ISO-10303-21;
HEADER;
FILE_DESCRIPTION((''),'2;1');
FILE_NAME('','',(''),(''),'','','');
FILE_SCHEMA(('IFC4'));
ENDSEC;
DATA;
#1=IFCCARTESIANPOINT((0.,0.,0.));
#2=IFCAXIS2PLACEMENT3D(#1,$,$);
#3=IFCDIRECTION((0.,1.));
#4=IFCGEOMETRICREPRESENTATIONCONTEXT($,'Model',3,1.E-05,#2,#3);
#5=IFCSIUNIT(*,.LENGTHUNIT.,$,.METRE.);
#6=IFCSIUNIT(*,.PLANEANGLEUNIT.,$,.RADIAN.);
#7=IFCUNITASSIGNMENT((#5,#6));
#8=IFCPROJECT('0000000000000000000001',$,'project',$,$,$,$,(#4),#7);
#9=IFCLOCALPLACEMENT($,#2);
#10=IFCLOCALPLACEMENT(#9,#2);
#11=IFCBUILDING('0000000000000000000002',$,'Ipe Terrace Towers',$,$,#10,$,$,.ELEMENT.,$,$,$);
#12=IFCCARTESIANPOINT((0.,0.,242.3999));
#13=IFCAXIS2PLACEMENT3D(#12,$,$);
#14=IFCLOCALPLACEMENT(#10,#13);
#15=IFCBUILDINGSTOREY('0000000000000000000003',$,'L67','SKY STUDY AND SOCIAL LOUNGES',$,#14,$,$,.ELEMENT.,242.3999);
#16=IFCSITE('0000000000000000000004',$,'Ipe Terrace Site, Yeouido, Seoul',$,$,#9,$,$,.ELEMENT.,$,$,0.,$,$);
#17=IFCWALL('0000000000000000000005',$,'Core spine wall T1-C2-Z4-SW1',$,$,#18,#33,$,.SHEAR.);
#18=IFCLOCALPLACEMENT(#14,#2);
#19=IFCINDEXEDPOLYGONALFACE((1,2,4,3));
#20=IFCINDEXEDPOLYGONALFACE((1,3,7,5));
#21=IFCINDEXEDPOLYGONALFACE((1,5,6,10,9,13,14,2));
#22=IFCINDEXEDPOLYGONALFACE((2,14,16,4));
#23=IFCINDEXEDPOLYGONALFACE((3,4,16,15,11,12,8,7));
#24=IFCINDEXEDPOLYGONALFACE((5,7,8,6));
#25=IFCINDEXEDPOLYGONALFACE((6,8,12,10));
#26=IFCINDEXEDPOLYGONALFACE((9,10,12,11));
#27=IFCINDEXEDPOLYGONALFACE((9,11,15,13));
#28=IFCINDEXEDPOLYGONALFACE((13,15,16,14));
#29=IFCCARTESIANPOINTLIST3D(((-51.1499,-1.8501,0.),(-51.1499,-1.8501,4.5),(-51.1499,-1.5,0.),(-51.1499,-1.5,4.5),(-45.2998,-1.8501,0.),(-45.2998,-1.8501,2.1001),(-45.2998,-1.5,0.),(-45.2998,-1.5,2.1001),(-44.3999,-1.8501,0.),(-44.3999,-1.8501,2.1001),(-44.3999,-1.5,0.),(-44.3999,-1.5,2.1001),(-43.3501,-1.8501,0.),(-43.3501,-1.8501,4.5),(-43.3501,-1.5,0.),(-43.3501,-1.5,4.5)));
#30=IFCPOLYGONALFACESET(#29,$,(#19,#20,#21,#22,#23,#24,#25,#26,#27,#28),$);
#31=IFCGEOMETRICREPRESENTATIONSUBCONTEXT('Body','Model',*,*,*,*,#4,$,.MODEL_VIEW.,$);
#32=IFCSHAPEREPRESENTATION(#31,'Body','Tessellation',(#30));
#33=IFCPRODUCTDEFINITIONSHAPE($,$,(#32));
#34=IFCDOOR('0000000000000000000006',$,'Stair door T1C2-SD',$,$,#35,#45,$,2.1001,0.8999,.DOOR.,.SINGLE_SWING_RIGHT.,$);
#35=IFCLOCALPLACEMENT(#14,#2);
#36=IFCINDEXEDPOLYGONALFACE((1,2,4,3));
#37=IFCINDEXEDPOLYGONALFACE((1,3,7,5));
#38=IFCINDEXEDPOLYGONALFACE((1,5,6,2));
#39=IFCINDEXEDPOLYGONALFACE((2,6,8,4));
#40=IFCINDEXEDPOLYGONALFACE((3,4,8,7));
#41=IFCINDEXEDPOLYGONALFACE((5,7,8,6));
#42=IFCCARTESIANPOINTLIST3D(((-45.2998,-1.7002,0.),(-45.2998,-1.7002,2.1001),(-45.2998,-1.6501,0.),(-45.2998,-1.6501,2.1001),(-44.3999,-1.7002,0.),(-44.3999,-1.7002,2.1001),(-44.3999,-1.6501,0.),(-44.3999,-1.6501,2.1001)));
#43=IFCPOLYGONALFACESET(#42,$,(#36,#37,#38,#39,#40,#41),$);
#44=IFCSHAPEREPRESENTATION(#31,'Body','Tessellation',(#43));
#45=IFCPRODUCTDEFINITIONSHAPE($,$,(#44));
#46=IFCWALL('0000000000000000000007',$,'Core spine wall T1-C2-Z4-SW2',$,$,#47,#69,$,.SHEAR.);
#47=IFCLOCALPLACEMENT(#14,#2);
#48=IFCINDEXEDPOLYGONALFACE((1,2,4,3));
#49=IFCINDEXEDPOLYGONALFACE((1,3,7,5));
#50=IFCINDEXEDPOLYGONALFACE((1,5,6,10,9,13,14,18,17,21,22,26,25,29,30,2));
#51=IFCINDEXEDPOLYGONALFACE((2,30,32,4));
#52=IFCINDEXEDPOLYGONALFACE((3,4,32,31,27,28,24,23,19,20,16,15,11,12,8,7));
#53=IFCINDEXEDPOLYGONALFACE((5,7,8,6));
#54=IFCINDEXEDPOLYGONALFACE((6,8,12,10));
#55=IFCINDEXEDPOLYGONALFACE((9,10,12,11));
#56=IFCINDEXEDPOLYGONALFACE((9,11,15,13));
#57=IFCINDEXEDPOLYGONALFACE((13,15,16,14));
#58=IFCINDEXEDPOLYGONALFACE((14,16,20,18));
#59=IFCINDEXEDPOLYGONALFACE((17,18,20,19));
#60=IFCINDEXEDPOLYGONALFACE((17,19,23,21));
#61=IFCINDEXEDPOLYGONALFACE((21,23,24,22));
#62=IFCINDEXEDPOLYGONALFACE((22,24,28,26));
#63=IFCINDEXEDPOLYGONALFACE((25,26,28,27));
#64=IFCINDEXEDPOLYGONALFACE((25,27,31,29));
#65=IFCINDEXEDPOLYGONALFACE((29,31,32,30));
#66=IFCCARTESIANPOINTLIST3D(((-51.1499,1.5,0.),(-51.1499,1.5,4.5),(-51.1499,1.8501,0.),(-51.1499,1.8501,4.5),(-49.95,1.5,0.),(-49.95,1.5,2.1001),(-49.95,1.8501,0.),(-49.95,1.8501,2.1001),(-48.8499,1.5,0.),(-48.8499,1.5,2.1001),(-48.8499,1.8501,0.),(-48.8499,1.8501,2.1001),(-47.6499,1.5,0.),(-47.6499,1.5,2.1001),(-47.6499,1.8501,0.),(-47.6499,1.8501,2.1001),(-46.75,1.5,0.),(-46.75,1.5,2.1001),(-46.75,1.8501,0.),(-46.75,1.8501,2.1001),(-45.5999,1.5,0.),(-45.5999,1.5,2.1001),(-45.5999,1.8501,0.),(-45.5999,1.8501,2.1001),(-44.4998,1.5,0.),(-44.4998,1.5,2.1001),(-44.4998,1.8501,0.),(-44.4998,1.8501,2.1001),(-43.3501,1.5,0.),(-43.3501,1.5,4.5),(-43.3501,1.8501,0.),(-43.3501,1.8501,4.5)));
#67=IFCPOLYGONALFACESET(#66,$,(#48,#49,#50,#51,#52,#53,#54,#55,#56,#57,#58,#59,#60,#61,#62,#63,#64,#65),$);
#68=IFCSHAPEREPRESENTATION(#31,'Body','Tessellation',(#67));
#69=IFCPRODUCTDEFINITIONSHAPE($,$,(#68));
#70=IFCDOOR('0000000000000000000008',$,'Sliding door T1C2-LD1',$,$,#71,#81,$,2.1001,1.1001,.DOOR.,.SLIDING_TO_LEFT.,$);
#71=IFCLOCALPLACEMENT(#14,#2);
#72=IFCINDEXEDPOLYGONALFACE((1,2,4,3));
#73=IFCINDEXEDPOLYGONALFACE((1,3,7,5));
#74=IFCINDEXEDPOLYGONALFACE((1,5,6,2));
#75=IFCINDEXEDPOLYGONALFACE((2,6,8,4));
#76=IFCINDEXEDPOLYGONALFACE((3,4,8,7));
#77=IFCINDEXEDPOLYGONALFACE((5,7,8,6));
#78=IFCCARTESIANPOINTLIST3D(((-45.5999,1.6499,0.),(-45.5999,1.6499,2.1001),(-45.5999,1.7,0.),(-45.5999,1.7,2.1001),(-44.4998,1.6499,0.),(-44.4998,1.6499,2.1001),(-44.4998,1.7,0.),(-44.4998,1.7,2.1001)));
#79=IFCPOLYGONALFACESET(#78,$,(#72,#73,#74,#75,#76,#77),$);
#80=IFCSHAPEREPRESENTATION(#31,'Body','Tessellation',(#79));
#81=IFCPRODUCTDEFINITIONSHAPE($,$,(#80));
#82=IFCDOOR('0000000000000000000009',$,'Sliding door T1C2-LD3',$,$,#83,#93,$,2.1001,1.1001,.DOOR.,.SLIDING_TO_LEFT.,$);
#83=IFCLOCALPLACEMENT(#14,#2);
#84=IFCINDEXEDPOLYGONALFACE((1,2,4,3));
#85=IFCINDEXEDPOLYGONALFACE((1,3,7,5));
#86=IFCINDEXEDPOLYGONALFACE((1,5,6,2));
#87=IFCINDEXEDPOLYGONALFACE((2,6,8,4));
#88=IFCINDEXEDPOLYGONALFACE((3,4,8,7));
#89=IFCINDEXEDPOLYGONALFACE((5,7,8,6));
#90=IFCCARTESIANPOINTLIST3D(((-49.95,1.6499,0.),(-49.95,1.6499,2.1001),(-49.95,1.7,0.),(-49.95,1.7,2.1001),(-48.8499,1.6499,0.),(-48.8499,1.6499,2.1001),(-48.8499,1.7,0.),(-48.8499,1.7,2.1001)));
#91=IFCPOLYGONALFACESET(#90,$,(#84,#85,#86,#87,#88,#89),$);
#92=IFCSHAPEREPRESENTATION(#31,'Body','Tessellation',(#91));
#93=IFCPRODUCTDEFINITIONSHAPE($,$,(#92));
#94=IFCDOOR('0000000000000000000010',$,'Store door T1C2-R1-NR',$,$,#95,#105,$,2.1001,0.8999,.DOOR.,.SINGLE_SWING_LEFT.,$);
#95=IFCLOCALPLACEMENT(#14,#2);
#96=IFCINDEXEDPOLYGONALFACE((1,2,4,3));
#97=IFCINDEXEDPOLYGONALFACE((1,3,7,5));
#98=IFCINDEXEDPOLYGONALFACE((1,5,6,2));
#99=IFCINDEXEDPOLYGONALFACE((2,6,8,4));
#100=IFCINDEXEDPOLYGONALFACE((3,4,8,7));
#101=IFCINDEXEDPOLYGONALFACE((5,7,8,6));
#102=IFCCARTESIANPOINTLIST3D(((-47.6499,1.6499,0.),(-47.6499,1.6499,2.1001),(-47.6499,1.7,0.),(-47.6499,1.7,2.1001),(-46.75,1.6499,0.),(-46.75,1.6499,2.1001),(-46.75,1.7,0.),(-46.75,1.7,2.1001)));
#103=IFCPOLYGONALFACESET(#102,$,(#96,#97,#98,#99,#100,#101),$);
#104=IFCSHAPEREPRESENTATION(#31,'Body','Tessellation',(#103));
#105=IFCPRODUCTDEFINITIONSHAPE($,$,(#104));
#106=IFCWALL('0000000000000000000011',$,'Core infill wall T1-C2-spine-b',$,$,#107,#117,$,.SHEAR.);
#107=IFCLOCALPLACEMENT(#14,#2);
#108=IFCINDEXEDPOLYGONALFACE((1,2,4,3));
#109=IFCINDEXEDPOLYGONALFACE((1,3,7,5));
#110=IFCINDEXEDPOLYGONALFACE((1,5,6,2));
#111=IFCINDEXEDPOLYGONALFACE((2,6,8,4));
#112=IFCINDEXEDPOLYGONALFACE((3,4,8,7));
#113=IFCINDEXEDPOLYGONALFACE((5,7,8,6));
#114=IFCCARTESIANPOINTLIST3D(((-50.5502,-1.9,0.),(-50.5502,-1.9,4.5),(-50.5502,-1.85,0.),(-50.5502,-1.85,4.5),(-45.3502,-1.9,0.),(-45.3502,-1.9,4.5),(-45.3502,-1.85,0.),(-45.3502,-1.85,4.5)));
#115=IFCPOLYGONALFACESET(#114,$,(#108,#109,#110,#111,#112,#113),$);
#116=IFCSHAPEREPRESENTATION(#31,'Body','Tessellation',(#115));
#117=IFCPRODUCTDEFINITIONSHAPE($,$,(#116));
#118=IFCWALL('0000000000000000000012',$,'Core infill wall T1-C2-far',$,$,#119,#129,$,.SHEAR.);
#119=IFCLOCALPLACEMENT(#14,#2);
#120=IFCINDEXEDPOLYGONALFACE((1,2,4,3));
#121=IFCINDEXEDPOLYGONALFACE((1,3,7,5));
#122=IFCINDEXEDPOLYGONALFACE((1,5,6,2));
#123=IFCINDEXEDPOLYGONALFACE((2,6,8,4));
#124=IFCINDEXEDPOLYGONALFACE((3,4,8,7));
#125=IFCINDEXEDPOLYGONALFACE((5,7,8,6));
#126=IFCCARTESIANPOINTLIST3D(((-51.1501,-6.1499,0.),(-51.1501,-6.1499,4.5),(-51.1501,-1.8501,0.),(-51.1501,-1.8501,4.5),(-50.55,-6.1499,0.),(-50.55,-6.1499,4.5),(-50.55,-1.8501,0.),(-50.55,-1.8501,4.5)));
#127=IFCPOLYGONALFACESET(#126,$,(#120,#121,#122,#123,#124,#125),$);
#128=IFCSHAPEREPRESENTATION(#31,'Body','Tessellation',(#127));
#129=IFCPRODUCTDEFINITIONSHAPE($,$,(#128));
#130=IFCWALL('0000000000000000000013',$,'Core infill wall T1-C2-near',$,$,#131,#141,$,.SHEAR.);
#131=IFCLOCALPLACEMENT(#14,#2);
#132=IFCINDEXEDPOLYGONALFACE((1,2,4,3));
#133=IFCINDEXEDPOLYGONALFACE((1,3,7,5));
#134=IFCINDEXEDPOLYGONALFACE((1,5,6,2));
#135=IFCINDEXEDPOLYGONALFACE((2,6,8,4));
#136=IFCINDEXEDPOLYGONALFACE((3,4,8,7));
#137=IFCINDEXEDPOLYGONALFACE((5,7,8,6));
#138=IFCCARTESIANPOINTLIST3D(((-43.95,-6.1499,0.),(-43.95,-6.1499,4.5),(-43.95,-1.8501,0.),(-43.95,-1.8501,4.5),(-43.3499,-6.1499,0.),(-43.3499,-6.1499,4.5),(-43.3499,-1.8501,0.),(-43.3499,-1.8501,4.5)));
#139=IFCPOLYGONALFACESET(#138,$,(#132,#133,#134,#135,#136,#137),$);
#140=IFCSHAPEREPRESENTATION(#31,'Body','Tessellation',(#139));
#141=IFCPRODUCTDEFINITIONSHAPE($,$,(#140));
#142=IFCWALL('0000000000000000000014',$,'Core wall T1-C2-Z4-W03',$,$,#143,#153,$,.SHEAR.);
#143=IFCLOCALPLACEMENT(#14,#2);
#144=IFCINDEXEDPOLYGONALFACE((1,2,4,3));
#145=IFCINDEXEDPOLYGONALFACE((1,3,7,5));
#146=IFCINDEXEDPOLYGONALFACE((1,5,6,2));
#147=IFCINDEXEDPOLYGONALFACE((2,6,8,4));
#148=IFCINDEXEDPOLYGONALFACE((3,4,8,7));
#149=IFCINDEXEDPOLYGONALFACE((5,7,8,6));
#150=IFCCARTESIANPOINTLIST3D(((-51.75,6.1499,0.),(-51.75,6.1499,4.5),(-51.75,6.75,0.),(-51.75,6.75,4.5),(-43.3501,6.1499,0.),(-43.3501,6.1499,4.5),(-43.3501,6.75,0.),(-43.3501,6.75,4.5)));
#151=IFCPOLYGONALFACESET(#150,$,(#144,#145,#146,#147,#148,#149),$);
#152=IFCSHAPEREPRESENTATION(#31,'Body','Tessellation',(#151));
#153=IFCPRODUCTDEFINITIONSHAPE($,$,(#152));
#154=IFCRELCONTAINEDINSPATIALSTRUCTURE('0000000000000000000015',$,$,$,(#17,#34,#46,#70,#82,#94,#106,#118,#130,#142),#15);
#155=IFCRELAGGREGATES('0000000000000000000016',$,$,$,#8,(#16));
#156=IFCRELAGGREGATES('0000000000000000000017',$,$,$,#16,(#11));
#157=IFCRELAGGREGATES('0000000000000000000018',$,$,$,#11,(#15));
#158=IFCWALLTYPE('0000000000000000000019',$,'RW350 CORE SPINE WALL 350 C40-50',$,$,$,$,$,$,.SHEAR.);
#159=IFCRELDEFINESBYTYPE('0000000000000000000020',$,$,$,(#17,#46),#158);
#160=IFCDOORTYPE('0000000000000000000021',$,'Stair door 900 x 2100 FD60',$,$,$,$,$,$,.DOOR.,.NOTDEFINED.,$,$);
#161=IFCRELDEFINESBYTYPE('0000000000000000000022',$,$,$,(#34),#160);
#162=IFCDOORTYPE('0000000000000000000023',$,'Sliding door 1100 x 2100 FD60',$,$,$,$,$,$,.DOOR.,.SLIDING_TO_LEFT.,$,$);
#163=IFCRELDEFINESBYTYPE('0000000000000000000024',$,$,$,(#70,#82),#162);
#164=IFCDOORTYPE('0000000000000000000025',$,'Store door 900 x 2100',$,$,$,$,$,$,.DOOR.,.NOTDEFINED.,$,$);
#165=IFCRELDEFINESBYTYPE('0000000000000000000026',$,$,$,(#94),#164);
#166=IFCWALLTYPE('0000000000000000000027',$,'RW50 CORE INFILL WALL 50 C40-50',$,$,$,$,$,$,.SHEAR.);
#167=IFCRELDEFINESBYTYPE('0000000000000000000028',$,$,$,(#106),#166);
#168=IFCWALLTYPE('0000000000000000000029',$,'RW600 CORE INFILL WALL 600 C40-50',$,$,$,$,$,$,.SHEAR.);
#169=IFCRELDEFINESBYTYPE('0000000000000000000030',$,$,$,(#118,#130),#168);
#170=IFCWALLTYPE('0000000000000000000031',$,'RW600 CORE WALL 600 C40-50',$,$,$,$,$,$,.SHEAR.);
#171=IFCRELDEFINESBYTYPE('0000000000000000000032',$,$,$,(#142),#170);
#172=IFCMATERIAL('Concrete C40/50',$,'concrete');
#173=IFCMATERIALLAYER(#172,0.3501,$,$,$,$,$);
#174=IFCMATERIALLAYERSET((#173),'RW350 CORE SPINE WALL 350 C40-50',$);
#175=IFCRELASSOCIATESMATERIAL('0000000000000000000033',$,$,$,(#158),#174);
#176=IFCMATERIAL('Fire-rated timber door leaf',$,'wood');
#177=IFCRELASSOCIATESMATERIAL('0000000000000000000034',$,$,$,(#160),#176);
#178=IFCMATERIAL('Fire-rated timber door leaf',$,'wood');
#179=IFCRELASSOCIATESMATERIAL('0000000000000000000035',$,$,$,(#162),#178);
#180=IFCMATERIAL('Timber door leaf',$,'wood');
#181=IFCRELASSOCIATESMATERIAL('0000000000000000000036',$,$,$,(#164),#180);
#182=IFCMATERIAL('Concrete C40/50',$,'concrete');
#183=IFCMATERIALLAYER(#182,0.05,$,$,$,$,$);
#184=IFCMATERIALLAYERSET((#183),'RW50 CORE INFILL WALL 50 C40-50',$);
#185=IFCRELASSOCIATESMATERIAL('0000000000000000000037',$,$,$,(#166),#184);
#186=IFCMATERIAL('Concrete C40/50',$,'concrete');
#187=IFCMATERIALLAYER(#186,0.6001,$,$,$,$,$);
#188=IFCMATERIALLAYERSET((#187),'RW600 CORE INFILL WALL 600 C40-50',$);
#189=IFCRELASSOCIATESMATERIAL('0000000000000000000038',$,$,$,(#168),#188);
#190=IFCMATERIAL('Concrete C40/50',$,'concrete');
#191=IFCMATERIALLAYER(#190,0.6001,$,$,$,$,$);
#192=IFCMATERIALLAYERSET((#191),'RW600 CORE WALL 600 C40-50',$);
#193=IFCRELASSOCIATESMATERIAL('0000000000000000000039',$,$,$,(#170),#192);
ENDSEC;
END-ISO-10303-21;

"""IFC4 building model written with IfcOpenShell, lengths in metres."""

from ifc_helpers import new_model, si_unit, direction, frame, frame_2d, origin, place, context, subcontext, project, spatial, rectangle, extrude, material, layer, layer_set, type_object, element, fill, save


model = new_model("IFC4")

# Units and contexts
model_context = context("Model", 3, precision=1e-05, world=origin(), true_north=direction((0.0, 1.0)))
body_context = subcontext(model_context, "Body", "Model", "MODEL_VIEW")
ifc_project = project(units=[si_unit("LENGTHUNIT", "METRE"), si_unit("PLANEANGLEUNIT", "RADIAN")], contexts=[model_context])

# Site, building, storey
site_placement = place(None, origin())
site = spatial("IfcSite", under=ifc_project, at=site_placement, Name="Ipe Terrace Site, Yeouido, Seoul", CompositionType="ELEMENT", RefElevation=0.0)
building_placement = place(site_placement, origin())
building = spatial("IfcBuilding", under=site, at=building_placement, Name="Ipe Terrace Towers", CompositionType="ELEMENT")
storey_placement = place(building_placement, frame((0.0, 0.0, 242.3999)))
storey = spatial("IfcBuildingStorey", under=building, at=storey_placement, Name="L67", Description="SKY STUDY AND SOCIAL LOUNGES", CompositionType="ELEMENT", Elevation=242.3999)

# Wall, opening, door
ifc_material_1 = material(Name="Concrete C40/50", Category="concrete")
ifc_layer_1 = layer(ifc_material_1, 0.3501)
ifc_layer_set_1 = layer_set([ifc_layer_1], Name="RW350 CORE SPINE WALL 350 C40-50")
wall_type_1 = type_object("IfcWallType", Name="RW350 CORE SPINE WALL 350 C40-50", PredefinedType="SHEAR", material=ifc_layer_set_1)
wall_1_placement = place(storey_placement, frame((-51.1499, -1.675, 0.0), z_axis=(0.0, 0.0, 1.0), x_axis=(1.0, 0.0, 0.0)))
wall_1 = element("IfcWall", 1, at=wall_1_placement, inside=storey, type_object=wall_type_1, Name="Core spine wall T1-C2-Z4-SW1", PredefinedType="SHEAR", context=body_context, shape_type="SweptSolid", body=[
    extrude(rectangle(XDim=7.7998, YDim=0.3501, at=frame_2d((3.8999, 0.0))), origin(), (0.0, 0.0, 1.0), 4.5),
])
opening_1_placement = place(wall_1_placement, frame((5.8501, 0.0, 0.0)))
opening_1 = element("IfcOpeningElement", 2, at=opening_1_placement, cuts=wall_1, PredefinedType="OPENING", context=body_context, shape_type="SweptSolid", body=[
    extrude(rectangle(XDim=0.8999, YDim=2.1001, at=frame_2d((0.45, 1.05))), frame((0.0, 0.1851, 0.0), z_axis=(0.0, -1.0, 0.0), x_axis=(1.0, 0.0, 0.0)), (0.0, 0.0, 1.0), 0.3701),
])
ifc_material_2 = material(Name="Fire-rated timber door leaf", Category="wood")
door_type_1 = type_object("IfcDoorType", Name="Stair door 900 x 2100 FD60", OperationType="NOTDEFINED", PredefinedType="DOOR", material=ifc_material_2)
door_1_placement = place(opening_1_placement, origin())
door_1 = element("IfcDoor", 3, at=door_1_placement, inside=storey, type_object=door_type_1, Name="Stair door T1C2-SD", OperationType="SINGLE_SWING_RIGHT", OverallHeight=2.1001, OverallWidth=0.8999, PredefinedType="DOOR", context=body_context, shape_type="SweptSolid", body=[
    extrude(rectangle(XDim=0.8999, YDim=2.1001, at=frame_2d((0.45, 1.05))), frame((0.0, 0.0249, 0.0), z_axis=(0.0, -1.0, 0.0), x_axis=(1.0, 0.0, 0.0)), (0.0, 0.0, 1.0), 0.05),
])
fill(opening_1, door_1)

# Wall, openings, doors
wall_2_placement = place(storey_placement, frame((-51.1499, 1.675, 0.0), z_axis=(0.0, 0.0, 1.0), x_axis=(1.0, 0.0, 0.0)))
wall_2 = element("IfcWall", 4, at=wall_2_placement, inside=storey, type_object=wall_type_1, Name="Core spine wall T1-C2-Z4-SW2", PredefinedType="SHEAR", context=body_context, shape_type="SweptSolid", body=[
    extrude(rectangle(XDim=7.7998, YDim=0.3501, at=frame_2d((3.8999, 0.0))), origin(), (0.0, 0.0, 1.0), 4.5),
])
opening_2_placement = place(wall_2_placement, frame((5.55, 0.0, 0.0)))
opening_2 = element("IfcOpeningElement", 5, at=opening_2_placement, cuts=wall_2, PredefinedType="OPENING", context=body_context, shape_type="SweptSolid", body=[
    extrude(rectangle(XDim=1.1001, YDim=2.1001, at=frame_2d((0.55, 1.05))), frame((0.0, 0.1851, 0.0), z_axis=(0.0, -1.0, 0.0), x_axis=(1.0, 0.0, 0.0)), (0.0, 0.0, 1.0), 0.3701),
])
opening_3_placement = place(wall_2_placement, frame((1.2, 0.0, 0.0)))
opening_3 = element("IfcOpeningElement", 6, at=opening_3_placement, cuts=wall_2, PredefinedType="OPENING", context=body_context, shape_type="SweptSolid", body=[
    extrude(rectangle(XDim=1.1001, YDim=2.1001, at=frame_2d((0.55, 1.05))), frame((0.0, 0.1851, 0.0), z_axis=(0.0, -1.0, 0.0), x_axis=(1.0, 0.0, 0.0)), (0.0, 0.0, 1.0), 0.3701),
])
opening_4_placement = place(wall_2_placement, frame((3.5, 0.0, 0.0)))
opening_4 = element("IfcOpeningElement", 7, at=opening_4_placement, cuts=wall_2, PredefinedType="OPENING", context=body_context, shape_type="SweptSolid", body=[
    extrude(rectangle(XDim=0.8999, YDim=2.1001, at=frame_2d((0.45, 1.05))), frame((0.0, 0.1851, 0.0), z_axis=(0.0, -1.0, 0.0), x_axis=(1.0, 0.0, 0.0)), (0.0, 0.0, 1.0), 0.3701),
])
ifc_material_3 = material(Name="Fire-rated timber door leaf", Category="wood")
door_type_2 = type_object("IfcDoorType", Name="Sliding door 1100 x 2100 FD60", OperationType="SLIDING_TO_LEFT", PredefinedType="DOOR", material=ifc_material_3)
door_2_placement = place(opening_2_placement, origin())
door_2 = element("IfcDoor", 8, at=door_2_placement, inside=storey, type_object=door_type_2, Name="Sliding door T1C2-LD1", OperationType="SLIDING_TO_LEFT", OverallHeight=2.1001, OverallWidth=1.1001, PredefinedType="DOOR", context=body_context, shape_type="SweptSolid", body=[
    extrude(rectangle(XDim=1.1001, YDim=2.1001, at=frame_2d((0.55, 1.05))), frame((0.0, 0.0249, 0.0), z_axis=(0.0, -1.0, 0.0), x_axis=(1.0, 0.0, 0.0)), (0.0, 0.0, 1.0), 0.05),
])
fill(opening_2, door_2)
door_3_placement = place(opening_3_placement, origin())
door_3 = element("IfcDoor", 9, at=door_3_placement, inside=storey, type_object=door_type_2, Name="Sliding door T1C2-LD3", OperationType="SLIDING_TO_LEFT", OverallHeight=2.1001, OverallWidth=1.1001, PredefinedType="DOOR", context=body_context, shape_type="SweptSolid", body=[
    extrude(rectangle(XDim=1.1001, YDim=2.1001, at=frame_2d((0.55, 1.05))), frame((0.0, 0.0249, 0.0), z_axis=(0.0, -1.0, 0.0), x_axis=(1.0, 0.0, 0.0)), (0.0, 0.0, 1.0), 0.05),
])
fill(opening_3, door_3)
ifc_material_4 = material(Name="Timber door leaf", Category="wood")
door_type_3 = type_object("IfcDoorType", Name="Store door 900 x 2100", OperationType="NOTDEFINED", PredefinedType="DOOR", material=ifc_material_4)
door_4_placement = place(opening_4_placement, origin())
door_4 = element("IfcDoor", 10, at=door_4_placement, inside=storey, type_object=door_type_3, Name="Store door T1C2-R1-NR", OperationType="SINGLE_SWING_LEFT", OverallHeight=2.1001, OverallWidth=0.8999, PredefinedType="DOOR", context=body_context, shape_type="SweptSolid", body=[
    extrude(rectangle(XDim=0.8999, YDim=2.1001, at=frame_2d((0.45, 1.05))), frame((0.0, 0.0249, 0.0), z_axis=(0.0, -1.0, 0.0), x_axis=(1.0, 0.0, 0.0)), (0.0, 0.0, 1.0), 0.05),
])
fill(opening_4, door_4)

# Walls
ifc_material_5 = material(Name="Concrete C40/50", Category="concrete")
ifc_layer_2 = layer(ifc_material_5, 0.05)
ifc_layer_set_2 = layer_set([ifc_layer_2], Name="RW50 CORE INFILL WALL 50 C40-50")
wall_type_2 = type_object("IfcWallType", Name="RW50 CORE INFILL WALL 50 C40-50", PredefinedType="SHEAR", material=ifc_layer_set_2)
wall_3_placement = place(storey_placement, frame((-45.3501, -1.875, 0.0), z_axis=(0.0, 0.0, 1.0), x_axis=(-1.0, 0.0, 0.0)))
element("IfcWall", 11, at=wall_3_placement, inside=storey, type_object=wall_type_2, Name="Core infill wall T1-C2-spine-b", PredefinedType="SHEAR", context=body_context, shape_type="SweptSolid", body=[
    extrude(rectangle(XDim=5.2, YDim=0.05, at=frame_2d((2.6001, 0.0))), origin(), (0.0, 0.0, 1.0), 4.5),
])
ifc_material_6 = material(Name="Concrete C40/50", Category="concrete")
ifc_layer_3 = layer(ifc_material_6, 0.6001)
ifc_layer_set_3 = layer_set([ifc_layer_3], Name="RW600 CORE INFILL WALL 600 C40-50")
wall_type_3 = type_object("IfcWallType", Name="RW600 CORE INFILL WALL 600 C40-50", PredefinedType="SHEAR", material=ifc_layer_set_3)
for number, where, z_axis, x_axis, name in (
    (12, (-50.8501, -1.8501, 0.0), (0.0, 0.0, 1.0), (0.0, -1.0, 0.0), "Core infill wall T1-C2-far"),
    (13, (-43.6499, -1.8501, 0.0), (0.0, 0.0, 1.0), (0.0, -1.0, 0.0), "Core infill wall T1-C2-near"),
):
    element("IfcWall", number, at=place(storey_placement, frame(where, z_axis=z_axis, x_axis=x_axis)), inside=storey, type_object=wall_type_3, Name=name, PredefinedType="SHEAR", context=body_context, shape_type="SweptSolid", body=[
        extrude(rectangle(XDim=4.2998, YDim=0.6001, at=frame_2d((2.1499, 0.0))), origin(), (0.0, 0.0, 1.0), 4.5),
    ])
ifc_material_7 = material(Name="Concrete C40/50", Category="concrete")
ifc_layer_4 = layer(ifc_material_7, 0.6001)
ifc_layer_set_4 = layer_set([ifc_layer_4], Name="RW600 CORE WALL 600 C40-50")
wall_type_4 = type_object("IfcWallType", Name="RW600 CORE WALL 600 C40-50", PredefinedType="SHEAR", material=ifc_layer_set_4)
wall_4_placement = place(storey_placement, frame((-43.3501, 6.45, 0.0), z_axis=(0.0, 0.0, 1.0), x_axis=(-1.0, 0.0, 0.0)))
element("IfcWall", 14, at=wall_4_placement, inside=storey, type_object=wall_type_4, Name="Core wall T1-C2-Z4-W03", PredefinedType="SHEAR", context=body_context, shape_type="SweptSolid", body=[
    extrude(rectangle(XDim=8.3999, YDim=0.6001, at=frame_2d((4.2, 0.0))), origin(), (0.0, 0.0, 1.0), 4.5),
])

save(model, "model.ifc")
